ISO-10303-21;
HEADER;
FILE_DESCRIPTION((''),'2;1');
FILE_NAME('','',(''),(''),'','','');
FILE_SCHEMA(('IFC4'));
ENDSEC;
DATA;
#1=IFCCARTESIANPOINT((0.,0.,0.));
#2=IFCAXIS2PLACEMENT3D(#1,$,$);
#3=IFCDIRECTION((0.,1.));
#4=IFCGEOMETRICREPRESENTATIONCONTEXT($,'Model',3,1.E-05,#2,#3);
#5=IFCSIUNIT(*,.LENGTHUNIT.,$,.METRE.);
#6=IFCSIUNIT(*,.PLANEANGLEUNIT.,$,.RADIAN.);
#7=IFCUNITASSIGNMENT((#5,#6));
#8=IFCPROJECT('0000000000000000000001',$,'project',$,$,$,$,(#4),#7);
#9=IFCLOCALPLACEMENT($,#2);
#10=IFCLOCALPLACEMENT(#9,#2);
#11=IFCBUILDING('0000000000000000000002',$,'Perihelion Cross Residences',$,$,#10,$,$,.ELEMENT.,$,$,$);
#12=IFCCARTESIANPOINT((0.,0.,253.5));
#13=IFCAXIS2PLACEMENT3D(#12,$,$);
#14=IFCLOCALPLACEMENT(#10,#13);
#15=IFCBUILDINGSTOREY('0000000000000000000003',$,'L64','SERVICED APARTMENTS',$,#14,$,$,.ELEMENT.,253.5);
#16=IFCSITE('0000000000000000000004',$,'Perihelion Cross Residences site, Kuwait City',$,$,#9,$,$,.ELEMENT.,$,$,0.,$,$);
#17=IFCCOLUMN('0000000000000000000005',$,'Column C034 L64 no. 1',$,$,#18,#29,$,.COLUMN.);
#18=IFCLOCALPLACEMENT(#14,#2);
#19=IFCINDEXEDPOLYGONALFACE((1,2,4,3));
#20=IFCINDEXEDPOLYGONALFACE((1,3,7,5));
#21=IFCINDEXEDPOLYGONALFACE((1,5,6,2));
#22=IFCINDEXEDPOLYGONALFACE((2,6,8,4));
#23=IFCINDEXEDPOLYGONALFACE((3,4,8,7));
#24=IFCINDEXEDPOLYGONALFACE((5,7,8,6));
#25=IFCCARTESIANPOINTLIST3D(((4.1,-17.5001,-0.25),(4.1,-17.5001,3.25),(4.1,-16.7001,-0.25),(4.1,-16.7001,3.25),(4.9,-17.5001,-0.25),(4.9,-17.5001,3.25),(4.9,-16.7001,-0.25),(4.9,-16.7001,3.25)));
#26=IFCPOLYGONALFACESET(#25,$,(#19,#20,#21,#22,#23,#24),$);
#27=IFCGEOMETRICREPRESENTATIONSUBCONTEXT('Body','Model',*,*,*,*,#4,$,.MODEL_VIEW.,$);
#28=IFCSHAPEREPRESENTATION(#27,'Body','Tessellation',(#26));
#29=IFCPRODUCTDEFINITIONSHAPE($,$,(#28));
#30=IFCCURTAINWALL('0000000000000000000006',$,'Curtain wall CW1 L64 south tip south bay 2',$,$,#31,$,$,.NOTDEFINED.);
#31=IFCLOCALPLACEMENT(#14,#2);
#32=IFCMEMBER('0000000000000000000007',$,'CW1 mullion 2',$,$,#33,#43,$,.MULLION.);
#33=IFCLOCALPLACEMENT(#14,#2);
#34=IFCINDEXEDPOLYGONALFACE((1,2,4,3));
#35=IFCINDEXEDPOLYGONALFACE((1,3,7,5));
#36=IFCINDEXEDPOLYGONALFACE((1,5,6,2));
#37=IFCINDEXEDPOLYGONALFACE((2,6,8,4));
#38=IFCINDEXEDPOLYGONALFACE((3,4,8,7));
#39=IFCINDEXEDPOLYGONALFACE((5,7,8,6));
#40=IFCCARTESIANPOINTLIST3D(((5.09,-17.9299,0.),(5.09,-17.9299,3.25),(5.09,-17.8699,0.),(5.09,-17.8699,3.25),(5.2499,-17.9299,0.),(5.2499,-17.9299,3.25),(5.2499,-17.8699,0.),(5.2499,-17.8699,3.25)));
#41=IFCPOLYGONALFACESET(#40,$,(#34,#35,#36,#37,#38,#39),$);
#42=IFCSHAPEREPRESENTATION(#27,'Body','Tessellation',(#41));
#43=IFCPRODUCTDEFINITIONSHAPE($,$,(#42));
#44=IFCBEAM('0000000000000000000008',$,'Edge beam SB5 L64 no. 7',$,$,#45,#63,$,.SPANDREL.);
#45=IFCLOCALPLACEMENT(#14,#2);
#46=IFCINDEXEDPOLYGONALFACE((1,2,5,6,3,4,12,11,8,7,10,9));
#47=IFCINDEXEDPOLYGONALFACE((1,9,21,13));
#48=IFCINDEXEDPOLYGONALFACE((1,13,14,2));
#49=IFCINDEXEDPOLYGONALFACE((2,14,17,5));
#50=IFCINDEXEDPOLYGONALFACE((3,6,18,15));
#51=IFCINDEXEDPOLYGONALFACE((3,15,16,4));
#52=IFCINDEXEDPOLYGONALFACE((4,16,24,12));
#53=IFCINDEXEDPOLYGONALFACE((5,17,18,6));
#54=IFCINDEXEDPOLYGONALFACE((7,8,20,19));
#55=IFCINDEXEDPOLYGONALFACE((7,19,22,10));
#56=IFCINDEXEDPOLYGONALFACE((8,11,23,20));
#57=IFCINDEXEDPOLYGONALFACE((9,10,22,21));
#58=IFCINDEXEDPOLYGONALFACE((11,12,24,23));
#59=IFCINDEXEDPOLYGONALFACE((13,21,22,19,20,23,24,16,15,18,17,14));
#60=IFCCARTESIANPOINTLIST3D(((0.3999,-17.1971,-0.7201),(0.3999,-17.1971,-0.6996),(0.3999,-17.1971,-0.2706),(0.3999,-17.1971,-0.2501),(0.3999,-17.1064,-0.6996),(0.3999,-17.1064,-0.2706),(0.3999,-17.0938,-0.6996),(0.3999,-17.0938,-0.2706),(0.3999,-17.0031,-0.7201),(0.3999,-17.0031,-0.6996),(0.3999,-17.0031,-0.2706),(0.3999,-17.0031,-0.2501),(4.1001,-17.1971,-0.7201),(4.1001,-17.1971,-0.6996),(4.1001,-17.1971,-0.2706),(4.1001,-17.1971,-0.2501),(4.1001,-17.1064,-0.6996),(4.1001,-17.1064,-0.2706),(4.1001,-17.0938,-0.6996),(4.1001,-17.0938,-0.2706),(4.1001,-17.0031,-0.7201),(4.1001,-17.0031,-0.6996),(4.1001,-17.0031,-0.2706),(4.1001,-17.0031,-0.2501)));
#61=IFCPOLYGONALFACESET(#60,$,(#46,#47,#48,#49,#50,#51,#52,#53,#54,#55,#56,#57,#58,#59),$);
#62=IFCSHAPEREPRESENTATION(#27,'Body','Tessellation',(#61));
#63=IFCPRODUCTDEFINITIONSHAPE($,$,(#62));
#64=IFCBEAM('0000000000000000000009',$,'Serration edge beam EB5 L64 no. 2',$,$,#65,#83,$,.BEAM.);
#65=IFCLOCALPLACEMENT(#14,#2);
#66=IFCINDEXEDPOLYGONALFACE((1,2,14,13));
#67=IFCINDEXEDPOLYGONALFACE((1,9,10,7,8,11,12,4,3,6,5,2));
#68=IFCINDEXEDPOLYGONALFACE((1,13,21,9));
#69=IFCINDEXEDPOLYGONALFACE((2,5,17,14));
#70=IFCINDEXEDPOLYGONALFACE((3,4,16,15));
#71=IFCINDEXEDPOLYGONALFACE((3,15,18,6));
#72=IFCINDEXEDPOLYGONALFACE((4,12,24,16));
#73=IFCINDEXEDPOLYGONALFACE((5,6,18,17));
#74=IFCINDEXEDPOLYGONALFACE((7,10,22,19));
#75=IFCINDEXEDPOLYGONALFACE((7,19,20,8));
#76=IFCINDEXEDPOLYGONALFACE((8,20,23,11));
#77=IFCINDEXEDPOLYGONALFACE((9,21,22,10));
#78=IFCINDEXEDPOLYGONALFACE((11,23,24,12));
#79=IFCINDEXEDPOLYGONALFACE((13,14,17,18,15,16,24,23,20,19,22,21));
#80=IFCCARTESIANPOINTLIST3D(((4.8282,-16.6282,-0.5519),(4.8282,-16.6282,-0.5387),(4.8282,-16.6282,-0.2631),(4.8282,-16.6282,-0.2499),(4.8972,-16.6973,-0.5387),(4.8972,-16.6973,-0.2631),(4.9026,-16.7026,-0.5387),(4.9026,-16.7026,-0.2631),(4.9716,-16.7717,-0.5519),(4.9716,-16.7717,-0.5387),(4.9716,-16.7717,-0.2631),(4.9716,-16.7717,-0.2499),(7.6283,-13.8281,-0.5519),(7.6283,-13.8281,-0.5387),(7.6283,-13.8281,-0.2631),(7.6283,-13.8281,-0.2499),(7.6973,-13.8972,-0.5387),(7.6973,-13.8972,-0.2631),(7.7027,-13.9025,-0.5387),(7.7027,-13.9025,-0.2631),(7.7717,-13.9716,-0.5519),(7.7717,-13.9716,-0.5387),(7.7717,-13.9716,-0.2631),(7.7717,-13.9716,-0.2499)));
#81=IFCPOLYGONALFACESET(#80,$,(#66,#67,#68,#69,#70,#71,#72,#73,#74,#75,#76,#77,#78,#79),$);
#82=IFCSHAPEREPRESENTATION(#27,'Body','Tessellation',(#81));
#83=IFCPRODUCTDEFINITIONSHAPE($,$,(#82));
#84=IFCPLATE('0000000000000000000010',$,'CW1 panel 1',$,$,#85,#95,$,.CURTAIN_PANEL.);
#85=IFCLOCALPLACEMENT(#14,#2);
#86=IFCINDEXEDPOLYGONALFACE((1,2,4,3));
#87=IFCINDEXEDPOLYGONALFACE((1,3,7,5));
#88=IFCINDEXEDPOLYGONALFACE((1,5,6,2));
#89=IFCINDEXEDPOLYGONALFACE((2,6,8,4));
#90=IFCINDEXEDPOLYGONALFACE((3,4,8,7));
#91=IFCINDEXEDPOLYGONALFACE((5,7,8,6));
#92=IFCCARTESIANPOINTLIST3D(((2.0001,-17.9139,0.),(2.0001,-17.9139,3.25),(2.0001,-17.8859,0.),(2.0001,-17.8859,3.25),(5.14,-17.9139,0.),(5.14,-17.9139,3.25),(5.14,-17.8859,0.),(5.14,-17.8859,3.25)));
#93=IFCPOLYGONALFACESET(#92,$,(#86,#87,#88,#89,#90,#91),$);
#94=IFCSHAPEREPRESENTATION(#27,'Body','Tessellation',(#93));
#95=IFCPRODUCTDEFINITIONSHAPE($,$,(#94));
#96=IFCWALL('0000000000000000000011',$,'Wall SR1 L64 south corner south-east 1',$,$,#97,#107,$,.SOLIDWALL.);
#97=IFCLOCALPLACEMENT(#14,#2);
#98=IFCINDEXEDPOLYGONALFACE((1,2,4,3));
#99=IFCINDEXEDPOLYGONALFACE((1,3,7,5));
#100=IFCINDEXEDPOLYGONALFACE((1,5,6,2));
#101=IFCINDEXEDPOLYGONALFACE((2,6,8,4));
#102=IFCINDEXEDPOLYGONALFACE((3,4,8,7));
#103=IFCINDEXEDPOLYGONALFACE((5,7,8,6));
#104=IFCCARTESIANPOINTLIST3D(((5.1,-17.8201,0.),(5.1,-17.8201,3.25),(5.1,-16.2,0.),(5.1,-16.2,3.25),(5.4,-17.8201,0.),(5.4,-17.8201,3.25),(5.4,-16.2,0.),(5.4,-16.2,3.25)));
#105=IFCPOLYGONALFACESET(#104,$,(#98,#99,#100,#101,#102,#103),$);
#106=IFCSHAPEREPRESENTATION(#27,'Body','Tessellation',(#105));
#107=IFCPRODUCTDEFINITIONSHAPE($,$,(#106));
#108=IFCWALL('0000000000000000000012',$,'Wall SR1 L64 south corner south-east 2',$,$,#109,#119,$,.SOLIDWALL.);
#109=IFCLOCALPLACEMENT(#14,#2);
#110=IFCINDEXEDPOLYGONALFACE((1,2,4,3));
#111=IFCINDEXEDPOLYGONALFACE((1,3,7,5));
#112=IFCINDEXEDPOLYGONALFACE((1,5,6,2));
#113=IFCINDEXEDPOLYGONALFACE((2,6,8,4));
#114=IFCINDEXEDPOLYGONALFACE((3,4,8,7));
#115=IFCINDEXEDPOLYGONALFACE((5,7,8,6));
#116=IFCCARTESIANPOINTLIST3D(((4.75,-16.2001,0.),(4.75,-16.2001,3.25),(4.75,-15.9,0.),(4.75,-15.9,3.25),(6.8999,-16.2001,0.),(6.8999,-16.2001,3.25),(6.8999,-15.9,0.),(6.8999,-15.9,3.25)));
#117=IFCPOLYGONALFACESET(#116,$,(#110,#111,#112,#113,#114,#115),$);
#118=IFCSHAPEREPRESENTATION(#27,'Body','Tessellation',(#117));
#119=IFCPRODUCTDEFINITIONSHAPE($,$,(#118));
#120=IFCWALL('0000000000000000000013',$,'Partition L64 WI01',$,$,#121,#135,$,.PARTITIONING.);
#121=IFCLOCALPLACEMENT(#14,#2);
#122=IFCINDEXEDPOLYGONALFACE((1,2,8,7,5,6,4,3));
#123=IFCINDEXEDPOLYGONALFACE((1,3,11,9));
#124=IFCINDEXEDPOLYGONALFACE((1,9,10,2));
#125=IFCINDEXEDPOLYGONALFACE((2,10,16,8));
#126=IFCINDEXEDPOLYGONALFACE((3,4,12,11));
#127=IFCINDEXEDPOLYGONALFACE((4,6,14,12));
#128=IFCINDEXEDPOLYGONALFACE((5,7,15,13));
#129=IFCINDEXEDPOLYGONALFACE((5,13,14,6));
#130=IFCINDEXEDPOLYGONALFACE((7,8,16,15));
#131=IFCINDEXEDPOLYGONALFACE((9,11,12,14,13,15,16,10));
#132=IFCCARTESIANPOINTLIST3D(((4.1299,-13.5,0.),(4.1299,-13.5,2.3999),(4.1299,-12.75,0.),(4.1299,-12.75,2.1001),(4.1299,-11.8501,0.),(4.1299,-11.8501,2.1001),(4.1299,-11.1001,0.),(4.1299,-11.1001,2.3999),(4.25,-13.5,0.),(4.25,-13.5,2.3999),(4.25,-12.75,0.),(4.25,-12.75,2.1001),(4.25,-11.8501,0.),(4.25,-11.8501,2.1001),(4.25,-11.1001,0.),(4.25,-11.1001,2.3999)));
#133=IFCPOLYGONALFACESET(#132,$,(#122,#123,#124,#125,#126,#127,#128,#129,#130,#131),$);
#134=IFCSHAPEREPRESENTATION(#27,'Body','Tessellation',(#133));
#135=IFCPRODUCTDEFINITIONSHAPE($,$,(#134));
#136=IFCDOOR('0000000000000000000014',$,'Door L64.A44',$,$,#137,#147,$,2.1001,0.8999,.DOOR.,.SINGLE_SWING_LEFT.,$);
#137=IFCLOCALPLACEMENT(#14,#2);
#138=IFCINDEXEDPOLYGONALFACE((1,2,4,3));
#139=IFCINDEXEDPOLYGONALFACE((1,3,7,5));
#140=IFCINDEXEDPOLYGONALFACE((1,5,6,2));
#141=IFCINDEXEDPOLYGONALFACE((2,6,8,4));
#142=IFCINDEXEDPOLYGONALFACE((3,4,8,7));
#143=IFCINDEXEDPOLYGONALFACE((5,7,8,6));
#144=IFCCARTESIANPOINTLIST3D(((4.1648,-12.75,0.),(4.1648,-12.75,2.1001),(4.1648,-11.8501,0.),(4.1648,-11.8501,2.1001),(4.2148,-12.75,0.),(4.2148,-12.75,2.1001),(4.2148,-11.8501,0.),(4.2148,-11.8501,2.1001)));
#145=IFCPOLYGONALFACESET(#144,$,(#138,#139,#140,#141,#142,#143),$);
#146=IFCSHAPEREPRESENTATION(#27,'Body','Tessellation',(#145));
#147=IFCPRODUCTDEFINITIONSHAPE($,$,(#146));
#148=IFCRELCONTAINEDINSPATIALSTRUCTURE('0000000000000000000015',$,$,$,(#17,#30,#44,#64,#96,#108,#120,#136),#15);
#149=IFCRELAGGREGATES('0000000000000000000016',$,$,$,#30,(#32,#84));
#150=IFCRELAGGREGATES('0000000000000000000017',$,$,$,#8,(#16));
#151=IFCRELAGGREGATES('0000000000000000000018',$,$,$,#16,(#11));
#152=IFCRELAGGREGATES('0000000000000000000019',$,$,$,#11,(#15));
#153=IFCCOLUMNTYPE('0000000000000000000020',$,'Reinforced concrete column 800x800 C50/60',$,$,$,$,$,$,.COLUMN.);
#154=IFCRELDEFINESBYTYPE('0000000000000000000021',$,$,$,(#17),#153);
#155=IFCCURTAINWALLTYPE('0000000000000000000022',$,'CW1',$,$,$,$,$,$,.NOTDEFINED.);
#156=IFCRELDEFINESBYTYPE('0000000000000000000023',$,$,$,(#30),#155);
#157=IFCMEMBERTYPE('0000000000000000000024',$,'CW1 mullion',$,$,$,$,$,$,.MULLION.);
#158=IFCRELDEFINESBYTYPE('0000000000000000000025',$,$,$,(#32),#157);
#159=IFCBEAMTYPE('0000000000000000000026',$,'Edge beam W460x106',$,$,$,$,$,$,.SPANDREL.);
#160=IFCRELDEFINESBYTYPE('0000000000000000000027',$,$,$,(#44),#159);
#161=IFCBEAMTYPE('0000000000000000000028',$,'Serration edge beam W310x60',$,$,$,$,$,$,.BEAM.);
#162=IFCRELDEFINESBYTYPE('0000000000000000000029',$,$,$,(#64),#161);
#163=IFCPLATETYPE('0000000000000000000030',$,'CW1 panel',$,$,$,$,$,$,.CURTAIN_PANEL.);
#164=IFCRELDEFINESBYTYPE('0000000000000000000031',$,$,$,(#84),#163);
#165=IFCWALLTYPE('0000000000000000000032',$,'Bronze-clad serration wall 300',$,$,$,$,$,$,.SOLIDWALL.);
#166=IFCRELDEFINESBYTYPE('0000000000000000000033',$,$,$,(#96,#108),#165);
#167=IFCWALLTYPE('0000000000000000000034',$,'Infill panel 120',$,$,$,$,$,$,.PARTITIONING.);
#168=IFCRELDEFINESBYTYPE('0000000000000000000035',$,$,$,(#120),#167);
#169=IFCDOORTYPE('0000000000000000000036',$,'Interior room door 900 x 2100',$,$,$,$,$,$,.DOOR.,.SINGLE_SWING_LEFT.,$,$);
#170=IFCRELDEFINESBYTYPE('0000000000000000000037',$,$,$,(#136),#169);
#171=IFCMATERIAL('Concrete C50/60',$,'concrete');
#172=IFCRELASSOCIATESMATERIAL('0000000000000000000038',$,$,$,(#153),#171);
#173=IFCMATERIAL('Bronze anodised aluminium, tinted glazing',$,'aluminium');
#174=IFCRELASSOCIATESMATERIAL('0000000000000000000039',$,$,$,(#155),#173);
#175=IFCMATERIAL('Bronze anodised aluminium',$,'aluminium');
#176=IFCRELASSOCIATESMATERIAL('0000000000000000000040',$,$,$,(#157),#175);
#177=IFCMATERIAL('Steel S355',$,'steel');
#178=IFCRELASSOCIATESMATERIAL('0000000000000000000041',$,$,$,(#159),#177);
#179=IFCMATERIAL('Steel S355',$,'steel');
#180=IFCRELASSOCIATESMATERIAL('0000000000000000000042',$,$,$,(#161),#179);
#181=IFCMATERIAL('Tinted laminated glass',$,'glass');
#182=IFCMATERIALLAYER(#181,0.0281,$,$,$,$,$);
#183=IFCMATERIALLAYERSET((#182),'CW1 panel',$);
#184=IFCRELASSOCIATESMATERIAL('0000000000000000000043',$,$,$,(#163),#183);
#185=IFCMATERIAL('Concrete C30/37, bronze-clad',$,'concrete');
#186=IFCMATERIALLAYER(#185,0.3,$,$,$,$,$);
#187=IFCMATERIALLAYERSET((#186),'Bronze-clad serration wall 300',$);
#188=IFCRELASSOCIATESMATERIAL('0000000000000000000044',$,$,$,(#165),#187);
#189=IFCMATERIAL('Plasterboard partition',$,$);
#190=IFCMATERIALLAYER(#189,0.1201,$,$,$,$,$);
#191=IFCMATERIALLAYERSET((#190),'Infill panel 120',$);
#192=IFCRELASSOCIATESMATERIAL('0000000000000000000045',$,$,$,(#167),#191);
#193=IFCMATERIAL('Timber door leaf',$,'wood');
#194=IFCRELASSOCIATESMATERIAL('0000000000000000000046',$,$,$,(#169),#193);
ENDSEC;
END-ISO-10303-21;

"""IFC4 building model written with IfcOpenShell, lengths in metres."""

from ifc_helpers import new_model, si_unit, direction, frame, frame_2d, origin, origin_2d, place, context, subcontext, project, spatial, rectangle, i_section, extrude, material, layer, layer_set, material_profile, profile_set, type_object, element, fill, aggregate, save


model = new_model("IFC4")

# Units and contexts
model_context = context("Model", 3, precision=1e-05, world=origin(), true_north=direction((0.0, 1.0)))
body_context = subcontext(model_context, "Body", "Model", "MODEL_VIEW")
ifc_project = project(units=[si_unit("LENGTHUNIT", "METRE"), si_unit("PLANEANGLEUNIT", "RADIAN")], contexts=[model_context])

# Site, building, storey
site_placement = place(None, origin())
site = spatial("IfcSite", under=ifc_project, at=site_placement, Name="Perihelion Cross Residences site, Kuwait City", CompositionType="ELEMENT", RefElevation=0.0)
building_placement = place(site_placement, origin())
building = spatial("IfcBuilding", under=site, at=building_placement, Name="Perihelion Cross Residences", CompositionType="ELEMENT")
storey_placement = place(building_placement, frame((0.0, 0.0, 253.5)))
storey = spatial("IfcBuildingStorey", under=building, at=storey_placement, Name="L64", Description="SERVICED APARTMENTS", CompositionType="ELEMENT", Elevation=253.5)

# Column
ifc_material_1 = material(Name="Concrete C50/60", Category="concrete")
ifc_material_profile_1 = material_profile(ifc_material_1, rectangle(XDim=0.8, YDim=0.8, at=origin_2d()), Name="RC 800x800")
ifc_profile_set_1 = profile_set([ifc_material_profile_1], Name="Concrete C50/60")
column_type = type_object("IfcColumnType", Name="Reinforced concrete column 800x800 C50/60", PredefinedType="COLUMN", material=ifc_profile_set_1)
column_placement = place(storey_placement, frame((4.5, -17.1001, -0.25), z_axis=(0.0, 0.0, 1.0), x_axis=(1.0, 0.0, 0.0)))
element("IfcColumn", 1, at=column_placement, inside=storey, type_object=column_type, Name="Column C034 L64 no. 1", PredefinedType="COLUMN", context=body_context, shape_type="SweptSolid", body=[
    extrude(rectangle(XDim=0.8, YDim=0.8, at=origin_2d()), origin(), (0.0, 0.0, 1.0), 3.5),
])

# Curtain wall, member
ifc_material_2 = material(Name="Bronze anodised aluminium, tinted glazing", Category="aluminium")
curtain_wall_type = type_object("IfcCurtainWallType", Name="CW1", PredefinedType="NOTDEFINED", material=ifc_material_2)
curtain_wall_placement = place(storey_placement, origin())
curtain_wall = element("IfcCurtainWall", 2, at=curtain_wall_placement, inside=storey, type_object=curtain_wall_type, Name="Curtain wall CW1 L64 south tip south bay 2", PredefinedType="NOTDEFINED")
ifc_material_3 = material(Name="Bronze anodised aluminium", Category="aluminium")
ifc_material_profile_2 = material_profile(ifc_material_3, rectangle(XDim=0.0601, YDim=0.1599, at=origin_2d()), Name="CW1 mullion")
ifc_profile_set_2 = profile_set([ifc_material_profile_2], Name="Bronze anodised aluminium")
member_type = type_object("IfcMemberType", Name="CW1 mullion", PredefinedType="MULLION", material=ifc_profile_set_2)
member_placement = place(storey_placement, frame((5.1699, -17.8999, 0.0), z_axis=(0.0, 0.0, 1.0), x_axis=(0.0, 1.0, 0.0)))
member = element("IfcMember", 3, at=member_placement, type_object=member_type, Name="CW1 mullion 2", PredefinedType="MULLION", context=body_context, shape_type="SweptSolid", body=[
    extrude(rectangle(XDim=0.0601, YDim=0.1599, at=origin_2d()), origin(), (0.0, 0.0, 1.0), 3.25),
])

# Beams
ifc_material_4 = material(Name="Steel S355", Category="steel")
ifc_material_profile_3 = material_profile(ifc_material_4, i_section(OverallWidth=0.1941, OverallDepth=0.47, WebThickness=0.0127, FlangeThickness=0.0205, at=origin_2d()), Name="W460x106")
ifc_profile_set_3 = profile_set([ifc_material_profile_3], Name="Steel S355")
beam_type_1 = type_object("IfcBeamType", Name="Edge beam W460x106", PredefinedType="SPANDREL", material=ifc_profile_set_3)
beam_1_placement = place(storey_placement, frame((0.3999, -17.1001, -0.4851), z_axis=(1.0, 0.0, 0.0), x_axis=(0.0, 1.0, 0.0)))
element("IfcBeam", 4, at=beam_1_placement, inside=storey, type_object=beam_type_1, Name="Edge beam SB5 L64 no. 7", PredefinedType="SPANDREL", context=body_context, shape_type="SweptSolid", body=[
    extrude(i_section(OverallWidth=0.1941, OverallDepth=0.47, WebThickness=0.0127, FlangeThickness=0.0205, at=origin_2d()), origin(), (0.0, 0.0, 1.0), 3.7002),
])
ifc_material_5 = material(Name="Steel S355", Category="steel")
ifc_material_profile_4 = material_profile(ifc_material_5, i_section(OverallWidth=0.2029, OverallDepth=0.302, WebThickness=0.0076, FlangeThickness=0.0132, at=origin_2d()), Name="W310x60")
ifc_profile_set_4 = profile_set([ifc_material_profile_4], Name="Steel S355")
beam_type_2 = type_object("IfcBeamType", Name="Serration edge beam W310x60", PredefinedType="BEAM", material=ifc_profile_set_4)
beam_2_placement = place(storey_placement, frame((4.8999, -16.7, -0.4009), z_axis=(0.707107, 0.707107, 0.0), x_axis=(-0.707107, 0.707107, 0.0)))
element("IfcBeam", 5, at=beam_2_placement, inside=storey, type_object=beam_type_2, Name="Serration edge beam EB5 L64 no. 2", PredefinedType="BEAM", context=body_context, shape_type="SweptSolid", body=[
    extrude(i_section(OverallWidth=0.2029, OverallDepth=0.302, WebThickness=0.0076, FlangeThickness=0.0132, at=origin_2d()), origin(), (0.0, 0.0, 1.0), 3.96),
])

# Plate
ifc_material_6 = material(Name="Tinted laminated glass", Category="glass")
ifc_layer_1 = layer(ifc_material_6, 0.0281)
ifc_layer_set_1 = layer_set([ifc_layer_1], Name="CW1 panel")
plate_type = type_object("IfcPlateType", Name="CW1 panel", PredefinedType="CURTAIN_PANEL", material=ifc_layer_set_1)
plate_placement = place(storey_placement, frame((3.5701, -17.8999, 0.0), z_axis=(0.0, 0.0, 1.0), x_axis=(1.0, 0.0, 0.0)))
plate = element("IfcPlate", 6, at=plate_placement, type_object=plate_type, Name="CW1 panel 1", PredefinedType="CURTAIN_PANEL", context=body_context, shape_type="SweptSolid", body=[
    extrude(rectangle(XDim=3.1399, YDim=0.0281, at=origin_2d()), origin(), (0.0, 0.0, 1.0), 3.25),
])
aggregate(curtain_wall, [member, plate])

# Walls
ifc_material_7 = material(Name="Concrete C30/37, bronze-clad", Category="concrete")
ifc_layer_2 = layer(ifc_material_7, 0.3)
ifc_layer_set_2 = layer_set([ifc_layer_2], Name="Bronze-clad serration wall 300")
wall_type_1 = type_object("IfcWallType", Name="Bronze-clad serration wall 300", PredefinedType="SOLIDWALL", material=ifc_layer_set_2)
wall_1_placement = place(storey_placement, frame((5.25, -17.8201, 0.0), z_axis=(0.0, 0.0, 1.0), x_axis=(0.0, 1.0, 0.0)))
element("IfcWall", 7, at=wall_1_placement, inside=storey, type_object=wall_type_1, Name="Wall SR1 L64 south corner south-east 1", PredefinedType="SOLIDWALL", context=body_context, shape_type="SweptSolid", body=[
    extrude(rectangle(XDim=1.6201, YDim=0.3, at=frame_2d((0.8101, 0.0))), origin(), (0.0, 0.0, 1.0), 3.25),
])
wall_2_placement = place(storey_placement, frame((4.75, -16.05, 0.0), z_axis=(0.0, 0.0, 1.0), x_axis=(1.0, 0.0, 0.0)))
element("IfcWall", 8, at=wall_2_placement, inside=storey, type_object=wall_type_1, Name="Wall SR1 L64 south corner south-east 2", PredefinedType="SOLIDWALL", context=body_context, shape_type="SweptSolid", body=[
    extrude(rectangle(XDim=2.1499, YDim=0.3, at=frame_2d((1.075, 0.0))), origin(), (0.0, 0.0, 1.0), 3.25),
])

# Wall, opening, door
ifc_material_8 = material(Name="Plasterboard partition")
ifc_layer_3 = layer(ifc_material_8, 0.1201)
ifc_layer_set_3 = layer_set([ifc_layer_3], Name="Infill panel 120")
wall_type_2 = type_object("IfcWallType", Name="Infill panel 120", PredefinedType="PARTITIONING", material=ifc_layer_set_3)
wall_3_placement = place(storey_placement, frame((4.1899, -11.1001, 0.0), z_axis=(0.0, 0.0, 1.0), x_axis=(0.0, -1.0, 0.0)))
wall_3 = element("IfcWall", 9, at=wall_3_placement, inside=storey, type_object=wall_type_2, Name="Partition L64 WI01", PredefinedType="PARTITIONING", context=body_context, shape_type="SweptSolid", body=[
    extrude(rectangle(XDim=2.3999, YDim=0.1201, at=frame_2d((1.2, 0.0))), origin(), (0.0, 0.0, 1.0), 2.3999),
])
opening_1_placement = place(wall_3_placement, frame((0.75, 0.0, 0.0)))
opening_1 = element("IfcOpeningElement", 10, at=opening_1_placement, cuts=wall_3, PredefinedType="OPENING", context=body_context, shape_type="SweptSolid", body=[
    extrude(rectangle(XDim=0.8999, YDim=2.1001, at=frame_2d((0.45, 1.05))), frame((0.0, 0.0701, 0.0), z_axis=(0.0, -1.0, 0.0), x_axis=(1.0, 0.0, 0.0)), (0.0, 0.0, 1.0), 0.1401),
])
ifc_material_9 = material(Name="Timber door leaf", Category="wood")
door_type_1 = type_object("IfcDoorType", Name="Interior room door 900 x 2100", OperationType="SINGLE_SWING_LEFT", PredefinedType="DOOR", material=ifc_material_9)
door_1_placement = place(opening_1_placement, origin())
door_1 = element("IfcDoor", 11, at=door_1_placement, inside=storey, type_object=door_type_1, Name="Door L64.A44", OperationType="SINGLE_SWING_LEFT", OverallHeight=2.1001, OverallWidth=0.8999, PredefinedType="DOOR", context=body_context, shape_type="SweptSolid", body=[
    extrude(rectangle(XDim=0.8999, YDim=2.1001, at=frame_2d((0.45, 1.05))), frame((0.0, 0.0249, 0.0), z_axis=(0.0, -1.0, 0.0), x_axis=(1.0, 0.0, 0.0)), (0.0, 0.0, 1.0), 0.05),
])
fill(opening_1, door_1)

save(model, "model.ifc")
